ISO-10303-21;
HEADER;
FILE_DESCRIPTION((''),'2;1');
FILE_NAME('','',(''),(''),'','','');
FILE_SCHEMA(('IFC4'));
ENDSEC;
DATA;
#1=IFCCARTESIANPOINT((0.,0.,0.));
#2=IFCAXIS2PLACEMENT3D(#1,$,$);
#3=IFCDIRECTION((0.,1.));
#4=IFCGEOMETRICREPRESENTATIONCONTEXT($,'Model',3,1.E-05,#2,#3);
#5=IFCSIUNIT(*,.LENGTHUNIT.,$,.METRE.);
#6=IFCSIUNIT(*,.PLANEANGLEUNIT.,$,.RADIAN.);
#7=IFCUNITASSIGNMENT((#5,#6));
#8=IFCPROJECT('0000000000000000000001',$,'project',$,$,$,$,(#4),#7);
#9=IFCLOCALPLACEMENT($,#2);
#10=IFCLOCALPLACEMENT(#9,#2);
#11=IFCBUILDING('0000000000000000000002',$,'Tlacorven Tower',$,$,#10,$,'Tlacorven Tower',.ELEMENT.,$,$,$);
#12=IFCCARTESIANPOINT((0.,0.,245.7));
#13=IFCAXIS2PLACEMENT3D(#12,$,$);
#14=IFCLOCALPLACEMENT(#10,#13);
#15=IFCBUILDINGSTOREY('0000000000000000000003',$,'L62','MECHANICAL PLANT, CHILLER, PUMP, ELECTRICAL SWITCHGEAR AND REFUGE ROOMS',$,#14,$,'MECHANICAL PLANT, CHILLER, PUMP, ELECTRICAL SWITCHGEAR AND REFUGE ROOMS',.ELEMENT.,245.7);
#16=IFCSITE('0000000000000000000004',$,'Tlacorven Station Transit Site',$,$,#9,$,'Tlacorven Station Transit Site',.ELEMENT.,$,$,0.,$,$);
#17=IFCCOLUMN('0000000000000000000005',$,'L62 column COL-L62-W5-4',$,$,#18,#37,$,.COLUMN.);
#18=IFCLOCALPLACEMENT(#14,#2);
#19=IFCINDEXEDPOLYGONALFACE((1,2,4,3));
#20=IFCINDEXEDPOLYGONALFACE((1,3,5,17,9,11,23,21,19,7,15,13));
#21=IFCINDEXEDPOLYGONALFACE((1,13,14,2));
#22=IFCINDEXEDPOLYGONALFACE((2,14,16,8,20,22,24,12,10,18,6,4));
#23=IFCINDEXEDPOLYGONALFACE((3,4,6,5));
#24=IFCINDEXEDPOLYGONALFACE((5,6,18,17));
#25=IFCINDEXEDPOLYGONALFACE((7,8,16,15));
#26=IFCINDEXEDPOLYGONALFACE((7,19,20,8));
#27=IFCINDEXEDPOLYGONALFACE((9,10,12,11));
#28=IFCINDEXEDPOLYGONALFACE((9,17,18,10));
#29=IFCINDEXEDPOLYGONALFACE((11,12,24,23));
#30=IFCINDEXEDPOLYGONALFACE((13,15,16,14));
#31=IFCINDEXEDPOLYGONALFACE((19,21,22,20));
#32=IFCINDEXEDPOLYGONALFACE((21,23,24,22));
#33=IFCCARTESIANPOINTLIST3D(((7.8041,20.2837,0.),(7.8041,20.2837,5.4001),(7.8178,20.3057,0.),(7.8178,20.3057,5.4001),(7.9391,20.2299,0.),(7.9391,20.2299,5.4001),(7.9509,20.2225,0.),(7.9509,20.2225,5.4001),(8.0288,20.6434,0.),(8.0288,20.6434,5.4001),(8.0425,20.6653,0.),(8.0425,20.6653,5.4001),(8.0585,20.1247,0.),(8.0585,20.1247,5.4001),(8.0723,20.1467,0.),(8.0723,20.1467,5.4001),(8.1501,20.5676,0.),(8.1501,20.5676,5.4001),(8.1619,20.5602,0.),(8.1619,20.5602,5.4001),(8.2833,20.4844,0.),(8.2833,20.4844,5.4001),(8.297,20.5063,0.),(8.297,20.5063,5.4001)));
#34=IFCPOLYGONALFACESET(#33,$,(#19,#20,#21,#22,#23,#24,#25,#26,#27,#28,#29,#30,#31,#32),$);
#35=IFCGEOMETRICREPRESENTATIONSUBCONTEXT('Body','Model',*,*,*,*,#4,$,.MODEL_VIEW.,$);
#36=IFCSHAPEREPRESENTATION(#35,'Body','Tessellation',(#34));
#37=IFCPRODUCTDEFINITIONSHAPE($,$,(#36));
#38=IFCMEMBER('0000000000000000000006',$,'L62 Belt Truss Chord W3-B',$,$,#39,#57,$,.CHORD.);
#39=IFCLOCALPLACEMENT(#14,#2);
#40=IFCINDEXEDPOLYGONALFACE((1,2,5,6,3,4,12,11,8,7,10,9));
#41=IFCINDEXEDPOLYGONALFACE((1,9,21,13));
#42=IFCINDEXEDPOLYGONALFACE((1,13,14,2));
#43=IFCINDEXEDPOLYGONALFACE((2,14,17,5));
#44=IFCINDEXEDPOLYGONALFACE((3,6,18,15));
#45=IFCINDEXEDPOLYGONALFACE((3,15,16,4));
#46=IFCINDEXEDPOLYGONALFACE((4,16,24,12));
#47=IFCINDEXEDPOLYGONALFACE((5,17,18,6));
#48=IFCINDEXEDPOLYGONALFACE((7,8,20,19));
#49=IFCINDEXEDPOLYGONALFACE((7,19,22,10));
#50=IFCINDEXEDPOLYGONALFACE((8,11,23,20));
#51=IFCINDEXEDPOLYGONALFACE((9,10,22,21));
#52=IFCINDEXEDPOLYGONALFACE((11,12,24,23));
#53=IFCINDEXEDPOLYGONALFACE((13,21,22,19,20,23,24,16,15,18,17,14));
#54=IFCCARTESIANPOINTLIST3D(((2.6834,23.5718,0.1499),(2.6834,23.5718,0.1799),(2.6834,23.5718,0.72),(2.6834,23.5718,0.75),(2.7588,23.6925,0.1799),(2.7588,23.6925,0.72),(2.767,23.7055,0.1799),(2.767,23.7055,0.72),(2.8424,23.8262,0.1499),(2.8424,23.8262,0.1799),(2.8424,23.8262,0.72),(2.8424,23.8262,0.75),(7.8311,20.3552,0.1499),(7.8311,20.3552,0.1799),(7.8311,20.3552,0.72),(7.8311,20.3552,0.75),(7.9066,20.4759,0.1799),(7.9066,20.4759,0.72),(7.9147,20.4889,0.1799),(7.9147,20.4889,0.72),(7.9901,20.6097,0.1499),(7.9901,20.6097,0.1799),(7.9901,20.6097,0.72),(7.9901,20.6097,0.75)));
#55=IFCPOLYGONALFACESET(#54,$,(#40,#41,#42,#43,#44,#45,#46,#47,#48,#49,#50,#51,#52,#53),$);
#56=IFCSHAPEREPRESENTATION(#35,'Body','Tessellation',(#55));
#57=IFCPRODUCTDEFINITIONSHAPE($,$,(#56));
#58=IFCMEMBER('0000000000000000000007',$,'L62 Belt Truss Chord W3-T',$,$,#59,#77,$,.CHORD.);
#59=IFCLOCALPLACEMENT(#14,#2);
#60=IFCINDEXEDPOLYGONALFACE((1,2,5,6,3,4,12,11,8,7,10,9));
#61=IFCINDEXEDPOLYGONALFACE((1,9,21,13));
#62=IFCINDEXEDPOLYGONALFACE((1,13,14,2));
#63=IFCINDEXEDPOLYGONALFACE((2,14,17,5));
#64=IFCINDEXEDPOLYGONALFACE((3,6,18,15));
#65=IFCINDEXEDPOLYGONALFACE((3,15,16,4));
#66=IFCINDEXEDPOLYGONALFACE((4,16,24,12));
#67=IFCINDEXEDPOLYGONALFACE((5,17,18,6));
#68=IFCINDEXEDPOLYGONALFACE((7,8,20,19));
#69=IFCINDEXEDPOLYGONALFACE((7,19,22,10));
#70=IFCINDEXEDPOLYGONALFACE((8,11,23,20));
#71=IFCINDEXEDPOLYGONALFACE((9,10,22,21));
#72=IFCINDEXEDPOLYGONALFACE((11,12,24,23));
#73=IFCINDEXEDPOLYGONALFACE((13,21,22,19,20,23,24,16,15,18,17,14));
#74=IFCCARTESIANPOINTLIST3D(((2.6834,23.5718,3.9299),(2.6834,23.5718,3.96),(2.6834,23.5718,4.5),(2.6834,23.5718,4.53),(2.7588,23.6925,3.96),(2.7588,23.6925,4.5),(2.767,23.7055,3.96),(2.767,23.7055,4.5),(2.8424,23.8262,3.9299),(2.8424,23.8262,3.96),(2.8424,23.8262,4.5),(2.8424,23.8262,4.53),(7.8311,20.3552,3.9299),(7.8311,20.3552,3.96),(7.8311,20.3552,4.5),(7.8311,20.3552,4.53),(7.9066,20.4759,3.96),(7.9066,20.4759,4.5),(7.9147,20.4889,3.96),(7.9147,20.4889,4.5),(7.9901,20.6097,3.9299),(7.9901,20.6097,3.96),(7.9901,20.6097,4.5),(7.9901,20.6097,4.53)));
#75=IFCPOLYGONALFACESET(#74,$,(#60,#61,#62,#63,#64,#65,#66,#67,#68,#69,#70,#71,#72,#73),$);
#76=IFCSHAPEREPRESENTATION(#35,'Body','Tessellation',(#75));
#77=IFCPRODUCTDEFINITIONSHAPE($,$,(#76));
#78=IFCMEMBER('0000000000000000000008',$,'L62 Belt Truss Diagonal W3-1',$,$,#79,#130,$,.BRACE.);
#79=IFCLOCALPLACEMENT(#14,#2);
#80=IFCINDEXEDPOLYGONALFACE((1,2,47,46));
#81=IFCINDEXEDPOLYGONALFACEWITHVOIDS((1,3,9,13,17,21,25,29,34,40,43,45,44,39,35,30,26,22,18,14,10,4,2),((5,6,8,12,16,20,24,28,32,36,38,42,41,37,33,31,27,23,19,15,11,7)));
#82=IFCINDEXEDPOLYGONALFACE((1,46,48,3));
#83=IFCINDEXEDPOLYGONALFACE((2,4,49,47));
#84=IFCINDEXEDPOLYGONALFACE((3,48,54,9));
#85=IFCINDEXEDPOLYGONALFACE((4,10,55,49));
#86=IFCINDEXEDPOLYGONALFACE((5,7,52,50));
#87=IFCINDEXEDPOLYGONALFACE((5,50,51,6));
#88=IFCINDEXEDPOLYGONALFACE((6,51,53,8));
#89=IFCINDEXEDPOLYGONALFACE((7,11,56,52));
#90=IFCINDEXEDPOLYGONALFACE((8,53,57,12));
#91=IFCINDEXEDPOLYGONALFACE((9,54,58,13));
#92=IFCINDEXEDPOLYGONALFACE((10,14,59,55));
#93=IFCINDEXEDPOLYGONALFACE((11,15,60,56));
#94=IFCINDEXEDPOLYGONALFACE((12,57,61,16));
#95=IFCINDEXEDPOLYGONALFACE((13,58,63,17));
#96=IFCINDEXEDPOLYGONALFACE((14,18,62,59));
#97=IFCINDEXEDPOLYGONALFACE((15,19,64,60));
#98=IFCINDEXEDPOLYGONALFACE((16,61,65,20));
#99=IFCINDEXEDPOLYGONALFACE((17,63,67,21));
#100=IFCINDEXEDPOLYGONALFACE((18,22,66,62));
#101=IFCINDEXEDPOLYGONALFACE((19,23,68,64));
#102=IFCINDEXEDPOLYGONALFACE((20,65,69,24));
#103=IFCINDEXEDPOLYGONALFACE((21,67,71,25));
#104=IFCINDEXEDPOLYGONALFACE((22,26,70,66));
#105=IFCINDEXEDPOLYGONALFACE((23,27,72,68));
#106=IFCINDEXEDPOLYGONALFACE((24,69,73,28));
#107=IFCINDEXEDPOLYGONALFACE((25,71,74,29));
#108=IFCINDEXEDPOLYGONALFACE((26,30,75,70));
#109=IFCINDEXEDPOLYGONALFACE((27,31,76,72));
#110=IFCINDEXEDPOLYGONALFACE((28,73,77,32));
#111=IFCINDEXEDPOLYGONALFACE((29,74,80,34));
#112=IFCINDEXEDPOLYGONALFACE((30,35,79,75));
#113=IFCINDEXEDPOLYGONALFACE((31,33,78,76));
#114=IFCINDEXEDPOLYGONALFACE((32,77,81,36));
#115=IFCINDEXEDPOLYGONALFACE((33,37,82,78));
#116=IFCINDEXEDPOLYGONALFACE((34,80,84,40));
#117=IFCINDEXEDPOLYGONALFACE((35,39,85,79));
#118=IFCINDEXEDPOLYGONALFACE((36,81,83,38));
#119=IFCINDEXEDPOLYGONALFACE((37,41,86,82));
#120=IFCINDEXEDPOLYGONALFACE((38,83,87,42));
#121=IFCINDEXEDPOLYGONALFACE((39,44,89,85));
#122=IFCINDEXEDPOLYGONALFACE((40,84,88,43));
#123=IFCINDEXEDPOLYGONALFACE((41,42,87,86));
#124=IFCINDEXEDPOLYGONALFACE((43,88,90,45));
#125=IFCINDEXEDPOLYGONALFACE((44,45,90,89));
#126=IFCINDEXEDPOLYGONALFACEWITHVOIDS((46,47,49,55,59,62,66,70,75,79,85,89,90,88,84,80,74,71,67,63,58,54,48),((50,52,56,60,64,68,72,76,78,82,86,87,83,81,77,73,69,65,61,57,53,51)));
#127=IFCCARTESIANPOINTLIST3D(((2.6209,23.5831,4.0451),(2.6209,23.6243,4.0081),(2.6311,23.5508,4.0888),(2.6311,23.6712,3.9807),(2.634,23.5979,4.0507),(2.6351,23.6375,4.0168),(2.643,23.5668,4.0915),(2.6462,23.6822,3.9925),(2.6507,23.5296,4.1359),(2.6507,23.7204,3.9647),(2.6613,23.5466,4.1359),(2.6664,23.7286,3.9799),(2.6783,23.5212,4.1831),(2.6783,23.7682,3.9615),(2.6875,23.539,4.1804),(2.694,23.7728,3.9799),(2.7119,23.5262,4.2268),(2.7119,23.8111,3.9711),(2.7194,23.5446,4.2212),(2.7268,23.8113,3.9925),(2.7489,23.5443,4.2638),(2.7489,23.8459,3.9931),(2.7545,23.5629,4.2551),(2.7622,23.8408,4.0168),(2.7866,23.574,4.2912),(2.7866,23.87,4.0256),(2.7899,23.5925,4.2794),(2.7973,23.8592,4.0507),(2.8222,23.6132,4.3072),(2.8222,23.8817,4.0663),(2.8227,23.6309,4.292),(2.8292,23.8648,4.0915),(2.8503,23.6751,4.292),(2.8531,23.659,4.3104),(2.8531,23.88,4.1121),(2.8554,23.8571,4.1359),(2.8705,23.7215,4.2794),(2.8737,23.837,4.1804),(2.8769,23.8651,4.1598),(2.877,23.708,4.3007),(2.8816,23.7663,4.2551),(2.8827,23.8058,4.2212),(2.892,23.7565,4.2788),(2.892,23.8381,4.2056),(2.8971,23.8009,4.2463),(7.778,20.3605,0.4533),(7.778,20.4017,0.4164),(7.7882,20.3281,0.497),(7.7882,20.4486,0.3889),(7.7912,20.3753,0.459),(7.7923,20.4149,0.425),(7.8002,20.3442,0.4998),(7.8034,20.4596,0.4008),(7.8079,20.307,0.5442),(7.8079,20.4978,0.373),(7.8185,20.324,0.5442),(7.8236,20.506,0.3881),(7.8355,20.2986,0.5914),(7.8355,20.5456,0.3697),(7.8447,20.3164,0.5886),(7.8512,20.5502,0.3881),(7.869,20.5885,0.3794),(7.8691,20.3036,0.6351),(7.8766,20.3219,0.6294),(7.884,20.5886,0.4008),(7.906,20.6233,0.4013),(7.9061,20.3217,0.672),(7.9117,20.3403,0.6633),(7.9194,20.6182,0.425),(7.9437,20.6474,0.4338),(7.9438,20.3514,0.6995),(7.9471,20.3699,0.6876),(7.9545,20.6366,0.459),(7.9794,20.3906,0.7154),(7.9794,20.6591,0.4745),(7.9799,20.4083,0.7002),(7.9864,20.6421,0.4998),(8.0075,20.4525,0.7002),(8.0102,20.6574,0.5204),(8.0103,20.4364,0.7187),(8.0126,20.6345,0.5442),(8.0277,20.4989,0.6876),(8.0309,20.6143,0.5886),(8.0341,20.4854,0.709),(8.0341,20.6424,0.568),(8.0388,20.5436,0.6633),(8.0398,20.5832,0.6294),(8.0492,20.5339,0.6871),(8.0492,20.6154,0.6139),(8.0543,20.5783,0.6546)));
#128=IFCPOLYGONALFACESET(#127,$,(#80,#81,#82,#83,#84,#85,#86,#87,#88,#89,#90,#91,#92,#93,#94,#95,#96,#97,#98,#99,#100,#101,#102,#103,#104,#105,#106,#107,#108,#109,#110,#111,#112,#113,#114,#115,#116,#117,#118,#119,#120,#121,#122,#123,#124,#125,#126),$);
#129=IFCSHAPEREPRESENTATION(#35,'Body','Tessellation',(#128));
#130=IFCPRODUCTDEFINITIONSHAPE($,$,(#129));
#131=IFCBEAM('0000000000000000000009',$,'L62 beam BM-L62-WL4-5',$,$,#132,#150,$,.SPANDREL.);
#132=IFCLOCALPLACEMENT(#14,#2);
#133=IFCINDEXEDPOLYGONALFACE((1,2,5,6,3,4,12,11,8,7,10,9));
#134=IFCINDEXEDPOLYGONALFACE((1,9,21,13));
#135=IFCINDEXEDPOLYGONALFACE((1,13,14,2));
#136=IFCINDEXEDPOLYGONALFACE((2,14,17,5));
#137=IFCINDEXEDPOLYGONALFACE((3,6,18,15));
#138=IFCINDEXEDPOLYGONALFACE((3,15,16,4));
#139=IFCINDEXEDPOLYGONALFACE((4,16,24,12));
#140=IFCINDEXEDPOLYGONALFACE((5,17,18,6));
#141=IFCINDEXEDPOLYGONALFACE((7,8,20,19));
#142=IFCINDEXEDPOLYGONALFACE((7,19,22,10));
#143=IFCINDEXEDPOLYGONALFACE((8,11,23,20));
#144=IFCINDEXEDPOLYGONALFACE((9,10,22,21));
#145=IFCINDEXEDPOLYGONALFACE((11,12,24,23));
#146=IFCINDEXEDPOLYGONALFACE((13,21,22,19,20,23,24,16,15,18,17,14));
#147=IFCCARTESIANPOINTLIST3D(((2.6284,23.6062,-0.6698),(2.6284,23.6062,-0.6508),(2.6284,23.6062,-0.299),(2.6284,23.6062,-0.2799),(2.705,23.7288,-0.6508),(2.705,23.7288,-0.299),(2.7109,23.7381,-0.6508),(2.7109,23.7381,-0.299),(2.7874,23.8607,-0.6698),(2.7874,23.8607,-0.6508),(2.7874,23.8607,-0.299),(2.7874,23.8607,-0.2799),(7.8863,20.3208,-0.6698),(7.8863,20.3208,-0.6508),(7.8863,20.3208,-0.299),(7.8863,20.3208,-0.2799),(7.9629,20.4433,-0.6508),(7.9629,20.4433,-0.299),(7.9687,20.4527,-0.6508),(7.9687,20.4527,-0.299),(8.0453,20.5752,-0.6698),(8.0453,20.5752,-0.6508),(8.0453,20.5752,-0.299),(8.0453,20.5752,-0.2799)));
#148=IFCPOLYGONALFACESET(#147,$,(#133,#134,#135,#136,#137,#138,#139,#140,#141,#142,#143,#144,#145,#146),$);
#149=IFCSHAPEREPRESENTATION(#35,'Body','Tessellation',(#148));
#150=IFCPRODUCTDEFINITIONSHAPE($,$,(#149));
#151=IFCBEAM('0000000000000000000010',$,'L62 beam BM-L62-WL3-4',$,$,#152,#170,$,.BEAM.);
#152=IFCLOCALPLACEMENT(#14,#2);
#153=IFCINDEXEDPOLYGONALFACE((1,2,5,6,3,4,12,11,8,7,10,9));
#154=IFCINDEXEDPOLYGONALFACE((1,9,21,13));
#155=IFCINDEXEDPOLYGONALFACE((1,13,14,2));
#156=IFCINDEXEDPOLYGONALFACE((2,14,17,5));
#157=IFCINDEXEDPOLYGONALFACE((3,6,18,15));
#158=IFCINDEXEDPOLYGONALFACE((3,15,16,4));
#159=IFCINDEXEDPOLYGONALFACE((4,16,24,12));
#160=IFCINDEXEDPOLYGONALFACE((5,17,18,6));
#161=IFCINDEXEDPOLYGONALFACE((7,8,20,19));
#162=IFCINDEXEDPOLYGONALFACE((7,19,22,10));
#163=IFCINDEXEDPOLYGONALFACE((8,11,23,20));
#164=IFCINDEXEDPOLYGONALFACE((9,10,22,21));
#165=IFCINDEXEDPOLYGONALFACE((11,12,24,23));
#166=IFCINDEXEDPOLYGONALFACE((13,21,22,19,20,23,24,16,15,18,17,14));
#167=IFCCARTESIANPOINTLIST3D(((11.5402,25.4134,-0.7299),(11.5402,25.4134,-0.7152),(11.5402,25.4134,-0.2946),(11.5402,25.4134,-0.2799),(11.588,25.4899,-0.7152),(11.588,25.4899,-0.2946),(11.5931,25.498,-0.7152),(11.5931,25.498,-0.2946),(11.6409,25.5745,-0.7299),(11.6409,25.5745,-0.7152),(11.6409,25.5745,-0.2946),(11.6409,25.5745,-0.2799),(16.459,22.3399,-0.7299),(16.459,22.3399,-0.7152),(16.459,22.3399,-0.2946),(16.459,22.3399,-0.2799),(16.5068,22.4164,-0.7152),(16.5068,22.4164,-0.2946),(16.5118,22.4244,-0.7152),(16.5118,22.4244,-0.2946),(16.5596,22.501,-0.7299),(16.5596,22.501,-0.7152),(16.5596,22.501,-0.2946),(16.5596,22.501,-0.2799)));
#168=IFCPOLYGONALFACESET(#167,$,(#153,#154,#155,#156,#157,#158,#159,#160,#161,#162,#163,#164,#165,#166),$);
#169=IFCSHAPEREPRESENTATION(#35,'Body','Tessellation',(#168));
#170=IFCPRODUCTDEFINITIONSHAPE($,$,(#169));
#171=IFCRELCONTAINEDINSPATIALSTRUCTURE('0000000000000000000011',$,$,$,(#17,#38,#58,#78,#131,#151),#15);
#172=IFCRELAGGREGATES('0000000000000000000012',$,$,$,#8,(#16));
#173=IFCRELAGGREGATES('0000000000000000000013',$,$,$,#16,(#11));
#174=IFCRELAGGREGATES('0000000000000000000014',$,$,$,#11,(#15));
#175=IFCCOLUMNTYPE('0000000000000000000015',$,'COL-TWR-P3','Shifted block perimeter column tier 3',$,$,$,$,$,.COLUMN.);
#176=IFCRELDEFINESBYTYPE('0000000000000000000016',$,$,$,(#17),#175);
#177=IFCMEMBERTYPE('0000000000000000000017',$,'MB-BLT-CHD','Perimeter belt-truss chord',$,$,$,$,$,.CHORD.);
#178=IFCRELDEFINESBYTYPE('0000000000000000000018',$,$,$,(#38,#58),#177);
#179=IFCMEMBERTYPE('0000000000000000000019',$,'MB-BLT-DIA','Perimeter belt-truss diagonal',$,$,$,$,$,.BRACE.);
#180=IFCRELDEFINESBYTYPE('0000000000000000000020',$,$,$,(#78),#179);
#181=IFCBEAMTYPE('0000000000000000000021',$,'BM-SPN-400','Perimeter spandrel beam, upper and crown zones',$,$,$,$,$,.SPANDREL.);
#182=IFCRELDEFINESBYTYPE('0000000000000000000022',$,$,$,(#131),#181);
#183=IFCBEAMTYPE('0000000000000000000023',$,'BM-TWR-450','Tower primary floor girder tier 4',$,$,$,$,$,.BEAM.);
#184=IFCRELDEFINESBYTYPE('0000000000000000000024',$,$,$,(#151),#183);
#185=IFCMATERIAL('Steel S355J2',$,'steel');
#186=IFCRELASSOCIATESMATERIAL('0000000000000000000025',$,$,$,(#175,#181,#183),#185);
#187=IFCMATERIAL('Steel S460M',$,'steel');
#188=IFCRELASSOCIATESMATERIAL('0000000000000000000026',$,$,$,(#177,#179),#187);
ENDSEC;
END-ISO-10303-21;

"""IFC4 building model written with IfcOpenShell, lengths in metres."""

from ifc_helpers import new_model, si_unit, direction, frame, origin, origin_2d, place, context, subcontext, project, spatial, hollow_circle, i_section, extrude, source, transform, mapped, material, material_profile, profile_set, type_object, element, save


model = new_model("IFC4")

# Units and contexts
model_context = context("Model", 3, precision=1e-05, world=origin(), true_north=direction((0.0, 1.0)))
body_context = subcontext(model_context, "Body", "Model", "MODEL_VIEW")
ifc_project = project(units=[si_unit("LENGTHUNIT", "METRE"), si_unit("PLANEANGLEUNIT", "RADIAN")], contexts=[model_context])

# Site, building, storey
site_placement = place(None, origin())
site = spatial("IfcSite", under=ifc_project, at=site_placement, Name="Tlacorven Station Transit Site", LongName="Tlacorven Station Transit Site", CompositionType="ELEMENT", RefElevation=0.0)
building_placement = place(site_placement, origin())
building = spatial("IfcBuilding", under=site, at=building_placement, Name="Tlacorven Tower", LongName="Tlacorven Tower", CompositionType="ELEMENT")
storey_placement = place(building_placement, frame((0.0, 0.0, 245.7)))
storey = spatial("IfcBuildingStorey", under=building, at=storey_placement, Name="L62", Description="MECHANICAL PLANT, CHILLER, PUMP, ELECTRICAL SWITCHGEAR AND REFUGE ROOMS", LongName="MECHANICAL PLANT, CHILLER, PUMP, ELECTRICAL SWITCHGEAR AND REFUGE ROOMS", CompositionType="ELEMENT", Elevation=245.7)

# Column
ifc_material_1 = material(Name="Steel S355J2", Category="steel")
ifc_material_profile_1 = material_profile(ifc_material_1, i_section(OverallWidth=0.3, OverallDepth=0.45, WebThickness=0.0139, FlangeThickness=0.0259, at=origin_2d()), Name="HEB 450")
ifc_profile_set_1 = profile_set([ifc_material_profile_1], Name="Steel S355J2")
column_type = type_object("IfcColumnType", Name="COL-TWR-P3", Description="Shifted block perimeter column tier 3", PredefinedType="COLUMN", material=ifc_profile_set_1)
shared_shape_1 = source(origin(), body_context, "Body", "SweptSolid", [
    extrude(i_section(OverallWidth=0.3, OverallDepth=0.45, WebThickness=0.0139, FlangeThickness=0.0259, at=origin_2d()), origin(), (0.0, 0.0, 1.0), 5.4001),
])
column_placement = place(storey_placement, frame((8.0505, 20.395, 0.0), z_axis=(0.0, 0.0, 1.0), x_axis=(-0.848048, 0.529919, 0.0)))
element("IfcColumn", 1, at=column_placement, inside=storey, type_object=column_type, Name="L62 column COL-L62-W5-4", PredefinedType="COLUMN", context=body_context, shape_type="MappedRepresentation", body=[
    mapped(shared_shape_1, transform((0.0, 0.0, 0.0), scale=1.0)),
])

# Members
ifc_material_2 = material(Name="Steel S460M", Category="steel")
ifc_material_profile_2 = material_profile(ifc_material_2, i_section(OverallWidth=0.3, OverallDepth=0.6001, WebThickness=0.0154, FlangeThickness=0.03, at=origin_2d()), Name="HEB 600")
ifc_profile_set_2 = profile_set([ifc_material_profile_2], Name="Steel S460M")
member_type_1 = type_object("IfcMemberType", Name="MB-BLT-CHD", Description="Perimeter belt-truss chord", PredefinedType="CHORD", material=ifc_profile_set_2)
shared_shape_2 = source(origin(), body_context, "Body", "SweptSolid", [
    extrude(i_section(OverallWidth=0.3, OverallDepth=0.6001, WebThickness=0.0154, FlangeThickness=0.03, at=origin_2d()), origin(), (0.0, 0.0, 1.0), 6.0701),
])
for number, where, z_axis, x_axis, name in (
    (2, (7.9106, 20.4824, 0.45), (-0.848055, 0.529909, 0.0), (-0.529909, -0.848055, 0.0), "L62 Belt Truss Chord W3-B"),
    (3, (7.9106, 20.4824, 4.23), (-0.848055, 0.529909, 0.0), (-0.529909, -0.848055, 0.0), "L62 Belt Truss Chord W3-T"),
):
    element("IfcMember", number, at=place(storey_placement, frame(where, z_axis=z_axis, x_axis=x_axis)), inside=storey, type_object=member_type_1, Name=name, PredefinedType="CHORD", context=body_context, shape_type="MappedRepresentation", body=[
        mapped(shared_shape_2, transform((0.0, 0.0, 0.0), scale=1.0)),
    ])
ifc_material_profile_3 = material_profile(ifc_material_2, hollow_circle(Radius=0.2031, WallThickness=0.02, at=origin_2d()), Name="CHS 406.4X20")
ifc_profile_set_3 = profile_set([ifc_material_profile_3], Name="Steel S460M")
member_type_2 = type_object("IfcMemberType", Name="MB-BLT-DIA", Description="Perimeter belt-truss diagonal", PredefinedType="BRACE", material=ifc_profile_set_3)
shared_shape_3 = source(origin(), body_context, "Body", "SweptSolid", [
    extrude(hollow_circle(Radius=0.2031, WallThickness=0.02, at=origin_2d()), origin(), (0.0, 0.0, 1.0), 7.0627),
])
member_1_placement = place(storey_placement, frame((7.9155, 20.4792, 0.5442), z_axis=(-0.730193, 0.456284, 0.50855), x_axis=(-0.529927, -0.848043, 0.0)))
element("IfcMember", 4, at=member_1_placement, inside=storey, type_object=member_type_2, Name="L62 Belt Truss Diagonal W3-1", PredefinedType="BRACE", context=body_context, shape_type="MappedRepresentation", body=[
    mapped(shared_shape_3, transform((0.0, 0.0, 0.0), scale=1.0)),
])

# Beams
ifc_material_profile_4 = material_profile(ifc_material_1, i_section(OverallWidth=0.3, OverallDepth=0.3899, WebThickness=0.011, FlangeThickness=0.019, at=origin_2d()), Name="HEA 400")
ifc_profile_set_4 = profile_set([ifc_material_profile_4], Name="Steel S355J2")
beam_type_1 = type_object("IfcBeamType", Name="BM-SPN-400", Description="Perimeter spandrel beam, upper and crown zones", PredefinedType="SPANDREL", material=ifc_profile_set_4)
shared_shape_4 = source(origin(), body_context, "Body", "SweptSolid", [
    extrude(i_section(OverallWidth=0.3, OverallDepth=0.3899, WebThickness=0.011, FlangeThickness=0.019, at=origin_2d()), origin(), (0.0, 0.0, 1.0), 6.2),
])
beam_1_placement = place(storey_placement, frame((7.9658, 20.448, -0.4749), z_axis=(-0.848051, 0.529914, 0.0), x_axis=(-0.529914, -0.848051, 0.0)))
element("IfcBeam", 5, at=beam_1_placement, inside=storey, type_object=beam_type_1, Name="L62 beam BM-L62-WL4-5", PredefinedType="SPANDREL", context=body_context, shape_type="MappedRepresentation", body=[
    mapped(shared_shape_4, transform((0.0, 0.0, 0.0), scale=1.0)),
])
ifc_material_profile_5 = material_profile(ifc_material_1, i_section(OverallWidth=0.1899, OverallDepth=0.45, WebThickness=0.0095, FlangeThickness=0.0146, at=origin_2d()), Name="IPE 450")
ifc_profile_set_5 = profile_set([ifc_material_profile_5], Name="Steel S355J2")
beam_type_2 = type_object("IfcBeamType", Name="BM-TWR-450", Description="Tower primary floor girder tier 4", PredefinedType="BEAM", material=ifc_profile_set_5)
shared_shape_5 = source(origin(), body_context, "Body", "SweptSolid", [
    extrude(i_section(OverallWidth=0.1899, OverallDepth=0.45, WebThickness=0.0095, FlangeThickness=0.0146, at=origin_2d()), origin(), (0.0, 0.0, 1.0), 5.8),
])
for number, where, z_axis, x_axis, name in (
    (6, (16.5093, 22.4204, -0.5049), (-0.848053, 0.529912, 0.0), (-0.529912, -0.848053, 0.0), "L62 beam BM-L62-WL3-4"),
):
    element("IfcBeam", number, at=place(storey_placement, frame(where, z_axis=z_axis, x_axis=x_axis)), inside=storey, type_object=beam_type_2, Name=name, PredefinedType="BEAM", context=body_context, shape_type="MappedRepresentation", body=[
        mapped(shared_shape_5, transform((0.0, 0.0, 0.0), scale=1.0)),
    ])

save(model, "model.ifc")
